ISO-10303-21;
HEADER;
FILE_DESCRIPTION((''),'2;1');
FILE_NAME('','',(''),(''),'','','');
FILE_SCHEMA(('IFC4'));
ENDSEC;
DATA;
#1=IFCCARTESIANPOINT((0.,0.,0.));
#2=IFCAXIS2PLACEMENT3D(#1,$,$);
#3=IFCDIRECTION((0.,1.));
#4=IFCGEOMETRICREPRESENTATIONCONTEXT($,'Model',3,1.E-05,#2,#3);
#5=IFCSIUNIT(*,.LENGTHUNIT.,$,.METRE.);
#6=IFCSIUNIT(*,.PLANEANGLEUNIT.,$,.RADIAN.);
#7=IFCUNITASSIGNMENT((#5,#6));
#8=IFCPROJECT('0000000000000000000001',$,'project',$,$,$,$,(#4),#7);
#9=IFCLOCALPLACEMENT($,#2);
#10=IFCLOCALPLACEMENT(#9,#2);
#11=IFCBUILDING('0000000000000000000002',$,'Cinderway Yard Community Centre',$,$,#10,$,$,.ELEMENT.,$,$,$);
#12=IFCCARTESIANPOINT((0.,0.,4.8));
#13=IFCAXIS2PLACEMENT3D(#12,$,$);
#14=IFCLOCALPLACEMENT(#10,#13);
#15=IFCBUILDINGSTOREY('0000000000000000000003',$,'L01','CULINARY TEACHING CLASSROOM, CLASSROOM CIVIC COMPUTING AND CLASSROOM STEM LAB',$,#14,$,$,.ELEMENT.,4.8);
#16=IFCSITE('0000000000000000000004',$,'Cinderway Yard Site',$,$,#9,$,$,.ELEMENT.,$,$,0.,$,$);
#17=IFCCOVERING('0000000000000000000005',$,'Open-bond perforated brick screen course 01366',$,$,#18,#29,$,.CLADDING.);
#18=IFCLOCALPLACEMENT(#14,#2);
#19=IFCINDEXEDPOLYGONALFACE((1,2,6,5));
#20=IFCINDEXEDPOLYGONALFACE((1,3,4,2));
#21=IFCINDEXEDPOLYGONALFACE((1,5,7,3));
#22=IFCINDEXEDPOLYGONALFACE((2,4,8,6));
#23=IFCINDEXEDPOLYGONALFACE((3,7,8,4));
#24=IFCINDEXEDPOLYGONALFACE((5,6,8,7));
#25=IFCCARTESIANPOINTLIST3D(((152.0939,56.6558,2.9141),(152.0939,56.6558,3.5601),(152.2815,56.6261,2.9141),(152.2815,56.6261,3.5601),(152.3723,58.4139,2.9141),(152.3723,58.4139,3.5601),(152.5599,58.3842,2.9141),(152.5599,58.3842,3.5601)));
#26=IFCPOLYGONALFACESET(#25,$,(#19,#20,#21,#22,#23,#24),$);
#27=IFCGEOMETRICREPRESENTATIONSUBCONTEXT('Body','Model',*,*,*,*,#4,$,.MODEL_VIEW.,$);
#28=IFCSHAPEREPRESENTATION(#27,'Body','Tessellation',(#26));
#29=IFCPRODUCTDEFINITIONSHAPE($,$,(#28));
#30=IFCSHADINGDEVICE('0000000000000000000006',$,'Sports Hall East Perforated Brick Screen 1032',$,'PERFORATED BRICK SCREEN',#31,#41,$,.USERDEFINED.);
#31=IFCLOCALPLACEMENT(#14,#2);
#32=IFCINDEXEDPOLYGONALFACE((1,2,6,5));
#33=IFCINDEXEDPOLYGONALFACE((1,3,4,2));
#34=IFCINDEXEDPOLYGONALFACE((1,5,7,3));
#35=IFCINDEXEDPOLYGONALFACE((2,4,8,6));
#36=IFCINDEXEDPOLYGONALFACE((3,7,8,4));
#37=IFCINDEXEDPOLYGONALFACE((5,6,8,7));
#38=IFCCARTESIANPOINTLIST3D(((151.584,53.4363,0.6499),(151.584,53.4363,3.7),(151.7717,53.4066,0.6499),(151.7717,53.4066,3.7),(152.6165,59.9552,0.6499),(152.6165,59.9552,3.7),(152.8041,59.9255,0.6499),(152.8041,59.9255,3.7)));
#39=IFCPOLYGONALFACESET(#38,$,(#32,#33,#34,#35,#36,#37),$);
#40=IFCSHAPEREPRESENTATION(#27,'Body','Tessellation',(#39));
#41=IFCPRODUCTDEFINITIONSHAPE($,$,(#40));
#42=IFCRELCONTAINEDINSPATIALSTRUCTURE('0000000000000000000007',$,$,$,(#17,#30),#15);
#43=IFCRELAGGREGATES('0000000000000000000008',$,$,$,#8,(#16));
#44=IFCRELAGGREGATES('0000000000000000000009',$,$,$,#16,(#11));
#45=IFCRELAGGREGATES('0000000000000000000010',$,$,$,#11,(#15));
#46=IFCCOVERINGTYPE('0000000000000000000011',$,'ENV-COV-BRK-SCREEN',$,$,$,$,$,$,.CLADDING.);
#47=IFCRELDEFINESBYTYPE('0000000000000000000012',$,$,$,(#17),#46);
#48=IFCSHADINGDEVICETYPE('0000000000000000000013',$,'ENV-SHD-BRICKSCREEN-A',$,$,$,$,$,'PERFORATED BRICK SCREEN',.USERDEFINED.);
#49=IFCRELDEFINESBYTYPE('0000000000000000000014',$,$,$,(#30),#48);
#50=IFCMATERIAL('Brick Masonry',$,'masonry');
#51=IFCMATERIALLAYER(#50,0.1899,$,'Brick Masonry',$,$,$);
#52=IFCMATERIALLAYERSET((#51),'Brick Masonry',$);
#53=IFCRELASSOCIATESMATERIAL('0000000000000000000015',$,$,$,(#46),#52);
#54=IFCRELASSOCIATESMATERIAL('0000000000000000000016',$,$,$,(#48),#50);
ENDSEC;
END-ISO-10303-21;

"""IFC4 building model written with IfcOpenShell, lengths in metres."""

from ifc_helpers import new_model, si_unit, direction, frame, origin, origin_2d, place, context, subcontext, project, spatial, rectangle, extrude, material, layer, layer_set, type_object, element, save


model = new_model("IFC4")

# Units and contexts
model_context = context("Model", 3, precision=1e-05, world=origin(), true_north=direction((0.0, 1.0)))
body_context = subcontext(model_context, "Body", "Model", "MODEL_VIEW")
ifc_project = project(units=[si_unit("LENGTHUNIT", "METRE"), si_unit("PLANEANGLEUNIT", "RADIAN")], contexts=[model_context])

# Site, building, storey
site_placement = place(None, origin())
site = spatial("IfcSite", under=ifc_project, at=site_placement, Name="Cinderway Yard Site", CompositionType="ELEMENT", RefElevation=0.0)
building_placement = place(site_placement, origin())
building = spatial("IfcBuilding", under=site, at=building_placement, Name="Cinderway Yard Community Centre", CompositionType="ELEMENT")
storey_placement = place(building_placement, frame((0.0, 0.0, 4.8)))
storey = spatial("IfcBuildingStorey", under=building, at=storey_placement, Name="L01", Description="CULINARY TEACHING CLASSROOM, CLASSROOM CIVIC COMPUTING AND CLASSROOM STEM LAB", CompositionType="ELEMENT", Elevation=4.8)

# Covering
ifc_material_1 = material(Name="Brick Masonry", Category="masonry")
ifc_layer_1 = layer(ifc_material_1, 0.1899, Name="Brick Masonry")
ifc_layer_set_1 = layer_set([ifc_layer_1], Name="Brick Masonry")
covering_type = type_object("IfcCoveringType", Name="ENV-COV-BRK-SCREEN", PredefinedType="CLADDING", material=ifc_layer_set_1)
for number, where, z_axis, x_axis, name in (
    (1, (152.3269, 57.52, 2.9141), (0.0, 0.0, 1.0), (-0.156434, -0.987688, 0.0), "Open-bond perforated brick screen course 01366"),
):
    element("IfcCovering", number, at=place(storey_placement, frame(where, z_axis=z_axis, x_axis=x_axis)), inside=storey, type_object=covering_type, Name=name, PredefinedType="CLADDING", context=body_context, shape_type="SweptSolid", body=[
        extrude(rectangle(XDim=1.78, YDim=0.1899, at=origin_2d()), origin(), (0.0, 0.0, 1.0), 0.646),
    ])

# Shading device
shading_device_type = type_object("IfcShadingDeviceType", Name="ENV-SHD-BRICKSCREEN-A", ElementType="PERFORATED BRICK SCREEN", PredefinedType="USERDEFINED", material=ifc_material_1)
shading_device_placement = place(storey_placement, frame((152.1941, 56.6809, 0.6499), z_axis=(0.0, 0.0, 1.0), x_axis=(-0.156434, -0.987688, 0.0)))
element("IfcShadingDevice", 2, at=shading_device_placement, inside=storey, type_object=shading_device_type, Name="Sports Hall East Perforated Brick Screen 1032", ObjectType="PERFORATED BRICK SCREEN", PredefinedType="USERDEFINED", context=body_context, shape_type="SweptSolid", body=[
    extrude(rectangle(XDim=6.6001, YDim=0.1899, at=origin_2d()), origin(), (0.0, 0.0, 1.0), 3.05),
])

save(model, "model.ifc")
